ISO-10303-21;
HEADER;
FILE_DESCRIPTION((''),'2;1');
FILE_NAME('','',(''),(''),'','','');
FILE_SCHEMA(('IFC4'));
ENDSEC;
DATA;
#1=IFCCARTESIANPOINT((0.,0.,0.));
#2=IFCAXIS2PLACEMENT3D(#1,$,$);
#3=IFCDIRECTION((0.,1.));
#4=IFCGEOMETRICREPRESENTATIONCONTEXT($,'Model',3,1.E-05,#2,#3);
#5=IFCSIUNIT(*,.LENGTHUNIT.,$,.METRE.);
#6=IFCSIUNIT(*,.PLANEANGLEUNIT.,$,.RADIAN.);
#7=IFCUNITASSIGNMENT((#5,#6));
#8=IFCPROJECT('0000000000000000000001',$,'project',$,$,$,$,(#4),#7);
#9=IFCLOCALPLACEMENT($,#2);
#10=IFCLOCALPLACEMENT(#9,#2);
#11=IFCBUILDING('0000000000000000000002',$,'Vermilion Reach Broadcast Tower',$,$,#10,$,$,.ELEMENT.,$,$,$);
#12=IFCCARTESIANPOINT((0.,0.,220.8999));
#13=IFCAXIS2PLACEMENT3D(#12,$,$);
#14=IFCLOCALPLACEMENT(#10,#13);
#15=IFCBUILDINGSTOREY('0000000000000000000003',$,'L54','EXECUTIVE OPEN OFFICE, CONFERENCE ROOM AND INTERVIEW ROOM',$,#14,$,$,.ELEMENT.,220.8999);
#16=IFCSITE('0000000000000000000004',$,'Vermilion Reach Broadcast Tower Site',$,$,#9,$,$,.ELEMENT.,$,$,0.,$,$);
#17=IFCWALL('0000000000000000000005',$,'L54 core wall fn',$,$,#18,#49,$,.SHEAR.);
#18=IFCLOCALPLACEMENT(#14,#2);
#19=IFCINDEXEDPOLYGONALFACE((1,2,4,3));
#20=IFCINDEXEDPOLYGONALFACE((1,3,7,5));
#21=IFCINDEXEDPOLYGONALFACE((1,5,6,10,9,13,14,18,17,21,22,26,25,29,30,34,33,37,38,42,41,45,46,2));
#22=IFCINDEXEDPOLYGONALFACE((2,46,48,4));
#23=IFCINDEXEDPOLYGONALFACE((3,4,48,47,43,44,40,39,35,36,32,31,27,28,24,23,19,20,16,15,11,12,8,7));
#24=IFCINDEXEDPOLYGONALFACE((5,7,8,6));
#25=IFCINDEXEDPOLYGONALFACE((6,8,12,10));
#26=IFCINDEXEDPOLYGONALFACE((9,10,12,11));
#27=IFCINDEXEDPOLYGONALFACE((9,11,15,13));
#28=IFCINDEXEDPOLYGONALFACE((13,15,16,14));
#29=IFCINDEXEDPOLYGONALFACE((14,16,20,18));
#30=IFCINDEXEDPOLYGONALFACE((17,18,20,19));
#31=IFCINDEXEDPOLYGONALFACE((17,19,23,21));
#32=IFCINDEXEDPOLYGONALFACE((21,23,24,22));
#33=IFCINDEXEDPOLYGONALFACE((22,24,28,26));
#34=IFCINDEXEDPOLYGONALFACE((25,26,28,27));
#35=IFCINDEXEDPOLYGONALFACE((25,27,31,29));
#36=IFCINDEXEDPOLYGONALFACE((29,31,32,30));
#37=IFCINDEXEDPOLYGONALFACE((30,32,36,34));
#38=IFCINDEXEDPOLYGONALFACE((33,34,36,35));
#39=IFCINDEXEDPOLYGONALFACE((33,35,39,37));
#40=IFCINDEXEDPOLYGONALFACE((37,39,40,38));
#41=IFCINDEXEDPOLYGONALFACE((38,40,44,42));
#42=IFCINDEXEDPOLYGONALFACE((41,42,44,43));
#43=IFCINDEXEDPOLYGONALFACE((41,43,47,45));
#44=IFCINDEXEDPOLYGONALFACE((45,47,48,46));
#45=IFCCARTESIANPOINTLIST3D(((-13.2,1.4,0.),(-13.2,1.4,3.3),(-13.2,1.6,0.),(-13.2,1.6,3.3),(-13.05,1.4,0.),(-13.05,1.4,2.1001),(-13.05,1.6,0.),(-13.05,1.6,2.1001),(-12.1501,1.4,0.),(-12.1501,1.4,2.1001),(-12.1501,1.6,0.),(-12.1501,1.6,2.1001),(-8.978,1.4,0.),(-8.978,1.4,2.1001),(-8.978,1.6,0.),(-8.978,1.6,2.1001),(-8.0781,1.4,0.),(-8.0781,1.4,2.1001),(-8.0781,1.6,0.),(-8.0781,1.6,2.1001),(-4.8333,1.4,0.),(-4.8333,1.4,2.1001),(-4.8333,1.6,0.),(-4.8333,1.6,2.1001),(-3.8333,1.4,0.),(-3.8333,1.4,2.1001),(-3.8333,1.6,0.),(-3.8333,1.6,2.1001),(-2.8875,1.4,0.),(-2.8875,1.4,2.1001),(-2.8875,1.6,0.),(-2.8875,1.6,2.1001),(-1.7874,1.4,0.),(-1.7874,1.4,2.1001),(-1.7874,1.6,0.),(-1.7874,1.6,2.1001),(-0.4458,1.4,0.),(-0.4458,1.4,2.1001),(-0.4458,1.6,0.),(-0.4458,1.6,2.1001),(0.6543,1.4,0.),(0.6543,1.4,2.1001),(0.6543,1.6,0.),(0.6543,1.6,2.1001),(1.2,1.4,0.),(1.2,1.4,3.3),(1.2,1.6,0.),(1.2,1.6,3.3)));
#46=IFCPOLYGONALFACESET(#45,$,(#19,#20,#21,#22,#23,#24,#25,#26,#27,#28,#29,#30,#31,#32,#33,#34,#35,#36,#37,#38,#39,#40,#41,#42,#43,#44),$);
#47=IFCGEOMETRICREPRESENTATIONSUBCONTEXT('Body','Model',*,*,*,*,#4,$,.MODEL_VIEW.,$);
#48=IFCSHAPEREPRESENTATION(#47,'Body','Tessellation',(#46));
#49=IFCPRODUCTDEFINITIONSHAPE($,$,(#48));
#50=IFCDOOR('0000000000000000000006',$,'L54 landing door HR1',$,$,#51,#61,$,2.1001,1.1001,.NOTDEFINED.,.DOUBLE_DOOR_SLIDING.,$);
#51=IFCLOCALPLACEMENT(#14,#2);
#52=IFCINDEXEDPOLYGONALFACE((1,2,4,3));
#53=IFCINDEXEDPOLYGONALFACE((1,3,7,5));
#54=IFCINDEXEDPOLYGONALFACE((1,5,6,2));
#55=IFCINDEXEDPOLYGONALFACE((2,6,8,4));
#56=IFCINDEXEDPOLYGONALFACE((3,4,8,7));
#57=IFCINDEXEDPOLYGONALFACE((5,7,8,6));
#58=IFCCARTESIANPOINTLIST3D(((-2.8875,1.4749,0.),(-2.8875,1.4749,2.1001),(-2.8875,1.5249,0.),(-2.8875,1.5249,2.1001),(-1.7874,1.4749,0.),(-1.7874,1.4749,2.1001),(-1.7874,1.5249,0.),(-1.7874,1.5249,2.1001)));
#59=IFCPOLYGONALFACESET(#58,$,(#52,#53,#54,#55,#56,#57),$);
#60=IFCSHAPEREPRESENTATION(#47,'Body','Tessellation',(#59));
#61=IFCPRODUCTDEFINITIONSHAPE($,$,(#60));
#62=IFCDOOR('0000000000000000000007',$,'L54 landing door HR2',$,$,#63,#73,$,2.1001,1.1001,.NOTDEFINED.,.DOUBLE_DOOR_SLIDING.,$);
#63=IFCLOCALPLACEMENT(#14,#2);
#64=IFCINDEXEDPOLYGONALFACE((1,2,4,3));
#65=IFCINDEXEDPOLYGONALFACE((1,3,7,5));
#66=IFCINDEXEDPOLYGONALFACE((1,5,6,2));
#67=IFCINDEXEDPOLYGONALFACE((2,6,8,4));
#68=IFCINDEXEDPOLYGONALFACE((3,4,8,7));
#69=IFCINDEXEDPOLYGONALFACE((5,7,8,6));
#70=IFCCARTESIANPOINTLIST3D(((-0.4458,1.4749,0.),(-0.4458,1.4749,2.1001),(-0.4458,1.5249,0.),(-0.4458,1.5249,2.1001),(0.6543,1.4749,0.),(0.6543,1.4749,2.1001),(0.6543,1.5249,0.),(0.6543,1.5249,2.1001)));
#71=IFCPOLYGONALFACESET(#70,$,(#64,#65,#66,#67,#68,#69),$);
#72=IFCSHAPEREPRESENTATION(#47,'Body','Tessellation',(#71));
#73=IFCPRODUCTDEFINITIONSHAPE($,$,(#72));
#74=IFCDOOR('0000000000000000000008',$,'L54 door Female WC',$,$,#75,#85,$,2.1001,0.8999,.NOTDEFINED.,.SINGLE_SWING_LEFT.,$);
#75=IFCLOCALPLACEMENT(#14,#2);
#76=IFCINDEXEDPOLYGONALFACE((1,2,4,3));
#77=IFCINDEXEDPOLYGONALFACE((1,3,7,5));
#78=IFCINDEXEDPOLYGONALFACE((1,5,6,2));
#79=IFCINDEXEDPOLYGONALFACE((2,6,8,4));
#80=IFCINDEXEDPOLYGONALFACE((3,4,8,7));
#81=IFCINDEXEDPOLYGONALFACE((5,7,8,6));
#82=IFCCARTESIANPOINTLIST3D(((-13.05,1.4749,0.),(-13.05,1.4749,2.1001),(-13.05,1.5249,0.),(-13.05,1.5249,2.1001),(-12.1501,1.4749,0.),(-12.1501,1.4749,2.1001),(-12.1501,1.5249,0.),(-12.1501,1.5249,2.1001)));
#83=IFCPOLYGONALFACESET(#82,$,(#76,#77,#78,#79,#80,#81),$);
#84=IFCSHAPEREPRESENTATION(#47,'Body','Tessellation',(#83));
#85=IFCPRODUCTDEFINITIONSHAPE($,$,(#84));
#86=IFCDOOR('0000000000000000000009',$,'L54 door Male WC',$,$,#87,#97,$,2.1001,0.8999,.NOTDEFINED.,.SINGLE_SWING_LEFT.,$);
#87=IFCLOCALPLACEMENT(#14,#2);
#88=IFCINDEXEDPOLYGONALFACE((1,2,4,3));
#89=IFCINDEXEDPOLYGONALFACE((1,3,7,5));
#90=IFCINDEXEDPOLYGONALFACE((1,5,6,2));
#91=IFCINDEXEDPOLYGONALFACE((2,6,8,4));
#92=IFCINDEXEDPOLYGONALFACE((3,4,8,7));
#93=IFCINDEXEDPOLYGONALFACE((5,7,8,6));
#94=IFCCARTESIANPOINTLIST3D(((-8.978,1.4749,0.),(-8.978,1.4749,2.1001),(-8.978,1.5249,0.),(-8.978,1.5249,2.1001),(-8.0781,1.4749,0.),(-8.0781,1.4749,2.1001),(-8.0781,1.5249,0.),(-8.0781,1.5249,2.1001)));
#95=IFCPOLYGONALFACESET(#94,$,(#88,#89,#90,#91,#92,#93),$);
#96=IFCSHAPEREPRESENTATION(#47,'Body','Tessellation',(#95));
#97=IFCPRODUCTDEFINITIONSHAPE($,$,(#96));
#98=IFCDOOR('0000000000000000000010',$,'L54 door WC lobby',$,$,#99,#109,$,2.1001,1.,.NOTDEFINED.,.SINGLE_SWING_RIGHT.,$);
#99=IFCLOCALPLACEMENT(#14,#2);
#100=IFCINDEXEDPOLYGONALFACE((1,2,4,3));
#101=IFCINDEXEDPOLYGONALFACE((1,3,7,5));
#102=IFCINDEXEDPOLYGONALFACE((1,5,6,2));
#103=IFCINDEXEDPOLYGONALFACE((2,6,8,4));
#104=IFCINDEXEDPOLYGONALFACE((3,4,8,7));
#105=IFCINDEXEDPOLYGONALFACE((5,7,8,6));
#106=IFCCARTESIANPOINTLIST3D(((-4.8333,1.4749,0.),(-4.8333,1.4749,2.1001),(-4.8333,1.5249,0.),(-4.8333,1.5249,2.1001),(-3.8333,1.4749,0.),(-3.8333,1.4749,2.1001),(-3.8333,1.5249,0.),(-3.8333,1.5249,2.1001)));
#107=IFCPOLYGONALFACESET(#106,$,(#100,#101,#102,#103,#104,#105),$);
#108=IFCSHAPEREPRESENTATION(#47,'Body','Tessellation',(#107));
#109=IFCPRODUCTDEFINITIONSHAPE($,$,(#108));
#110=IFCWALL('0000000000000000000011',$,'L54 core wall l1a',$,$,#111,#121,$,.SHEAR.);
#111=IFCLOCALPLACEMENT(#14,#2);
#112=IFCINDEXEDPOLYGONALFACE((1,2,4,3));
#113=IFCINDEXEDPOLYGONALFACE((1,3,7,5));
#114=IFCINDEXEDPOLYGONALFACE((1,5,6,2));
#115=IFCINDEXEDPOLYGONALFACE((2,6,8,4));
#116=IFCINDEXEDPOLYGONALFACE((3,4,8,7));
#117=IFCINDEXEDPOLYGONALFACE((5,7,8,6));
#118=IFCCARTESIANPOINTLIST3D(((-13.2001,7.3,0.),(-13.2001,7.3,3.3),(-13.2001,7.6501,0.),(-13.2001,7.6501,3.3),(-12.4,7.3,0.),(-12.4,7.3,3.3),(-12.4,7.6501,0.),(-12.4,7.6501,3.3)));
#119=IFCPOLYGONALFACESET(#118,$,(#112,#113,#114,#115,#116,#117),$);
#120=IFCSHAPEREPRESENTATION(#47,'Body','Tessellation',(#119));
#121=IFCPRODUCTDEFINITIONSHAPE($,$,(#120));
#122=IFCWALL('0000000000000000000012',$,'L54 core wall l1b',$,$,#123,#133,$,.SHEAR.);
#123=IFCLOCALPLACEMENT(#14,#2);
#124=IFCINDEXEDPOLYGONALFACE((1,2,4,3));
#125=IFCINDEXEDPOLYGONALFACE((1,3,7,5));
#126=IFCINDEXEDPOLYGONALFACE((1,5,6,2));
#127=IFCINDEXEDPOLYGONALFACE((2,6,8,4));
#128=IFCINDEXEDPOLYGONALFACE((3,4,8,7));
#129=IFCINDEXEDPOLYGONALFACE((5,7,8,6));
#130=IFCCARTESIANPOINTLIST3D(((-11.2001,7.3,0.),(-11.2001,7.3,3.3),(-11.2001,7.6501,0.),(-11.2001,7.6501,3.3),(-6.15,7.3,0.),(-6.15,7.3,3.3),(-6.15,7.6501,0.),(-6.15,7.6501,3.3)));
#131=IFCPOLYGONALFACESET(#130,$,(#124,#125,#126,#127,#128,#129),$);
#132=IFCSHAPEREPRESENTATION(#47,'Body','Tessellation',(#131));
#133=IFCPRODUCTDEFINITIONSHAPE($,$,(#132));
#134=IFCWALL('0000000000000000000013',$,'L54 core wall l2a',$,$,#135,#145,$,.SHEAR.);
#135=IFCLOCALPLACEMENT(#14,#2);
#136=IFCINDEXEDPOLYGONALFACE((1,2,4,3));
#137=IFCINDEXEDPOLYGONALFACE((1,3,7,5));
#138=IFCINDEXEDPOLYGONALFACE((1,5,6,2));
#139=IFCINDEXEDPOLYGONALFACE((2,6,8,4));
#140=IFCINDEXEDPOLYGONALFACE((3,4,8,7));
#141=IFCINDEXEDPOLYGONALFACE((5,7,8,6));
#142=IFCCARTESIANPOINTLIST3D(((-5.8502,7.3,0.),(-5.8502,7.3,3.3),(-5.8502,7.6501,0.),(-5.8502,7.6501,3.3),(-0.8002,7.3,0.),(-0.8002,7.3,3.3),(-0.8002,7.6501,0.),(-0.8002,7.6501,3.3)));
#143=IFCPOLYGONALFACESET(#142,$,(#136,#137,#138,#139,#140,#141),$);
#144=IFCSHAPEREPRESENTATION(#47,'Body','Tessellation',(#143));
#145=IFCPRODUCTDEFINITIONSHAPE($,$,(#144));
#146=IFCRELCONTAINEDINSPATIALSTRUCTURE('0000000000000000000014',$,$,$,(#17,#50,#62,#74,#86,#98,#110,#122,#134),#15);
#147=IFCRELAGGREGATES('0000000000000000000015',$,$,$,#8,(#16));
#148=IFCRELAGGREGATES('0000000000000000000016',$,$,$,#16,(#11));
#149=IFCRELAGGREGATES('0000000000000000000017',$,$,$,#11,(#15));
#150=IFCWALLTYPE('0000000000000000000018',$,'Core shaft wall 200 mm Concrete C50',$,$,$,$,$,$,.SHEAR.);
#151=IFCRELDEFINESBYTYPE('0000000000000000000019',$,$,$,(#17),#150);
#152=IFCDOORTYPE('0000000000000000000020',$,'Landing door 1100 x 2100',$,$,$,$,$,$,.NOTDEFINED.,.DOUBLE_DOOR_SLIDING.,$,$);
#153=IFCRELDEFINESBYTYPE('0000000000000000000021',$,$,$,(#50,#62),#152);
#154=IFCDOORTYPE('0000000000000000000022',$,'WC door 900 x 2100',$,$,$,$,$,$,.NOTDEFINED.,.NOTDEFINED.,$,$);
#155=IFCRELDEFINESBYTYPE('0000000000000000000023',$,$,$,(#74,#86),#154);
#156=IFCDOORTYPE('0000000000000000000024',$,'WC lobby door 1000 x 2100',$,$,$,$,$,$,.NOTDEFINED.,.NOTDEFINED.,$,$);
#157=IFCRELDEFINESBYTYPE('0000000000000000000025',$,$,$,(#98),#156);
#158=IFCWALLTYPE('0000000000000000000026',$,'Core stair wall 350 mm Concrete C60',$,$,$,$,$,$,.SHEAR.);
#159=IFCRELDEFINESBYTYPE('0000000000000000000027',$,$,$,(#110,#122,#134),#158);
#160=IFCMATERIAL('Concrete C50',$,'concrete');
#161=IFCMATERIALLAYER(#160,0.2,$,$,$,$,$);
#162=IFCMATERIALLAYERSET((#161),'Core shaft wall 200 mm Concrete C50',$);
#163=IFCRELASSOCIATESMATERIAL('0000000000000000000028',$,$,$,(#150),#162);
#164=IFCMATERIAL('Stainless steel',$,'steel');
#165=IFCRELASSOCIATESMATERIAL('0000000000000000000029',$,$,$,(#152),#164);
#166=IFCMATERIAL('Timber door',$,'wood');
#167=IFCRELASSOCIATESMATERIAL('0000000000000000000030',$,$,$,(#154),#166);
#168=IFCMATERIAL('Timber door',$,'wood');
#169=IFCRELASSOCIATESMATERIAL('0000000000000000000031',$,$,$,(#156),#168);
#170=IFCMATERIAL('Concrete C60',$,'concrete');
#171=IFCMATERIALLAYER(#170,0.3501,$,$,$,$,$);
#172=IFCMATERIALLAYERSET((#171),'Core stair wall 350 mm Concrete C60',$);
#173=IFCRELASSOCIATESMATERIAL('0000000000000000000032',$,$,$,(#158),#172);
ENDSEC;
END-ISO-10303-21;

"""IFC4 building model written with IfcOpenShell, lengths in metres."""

from ifc_helpers import new_model, si_unit, direction, frame, frame_2d, origin, place, context, subcontext, project, spatial, rectangle, extrude, material, layer, layer_set, type_object, element, fill, save


model = new_model("IFC4")

# Units and contexts
model_context = context("Model", 3, precision=1e-05, world=origin(), true_north=direction((0.0, 1.0)))
body_context = subcontext(model_context, "Body", "Model", "MODEL_VIEW")
ifc_project = project(units=[si_unit("LENGTHUNIT", "METRE"), si_unit("PLANEANGLEUNIT", "RADIAN")], contexts=[model_context])

# Site, building, storey
site_placement = place(None, origin())
site = spatial("IfcSite", under=ifc_project, at=site_placement, Name="Vermilion Reach Broadcast Tower Site", CompositionType="ELEMENT", RefElevation=0.0)
building_placement = place(site_placement, origin())
building = spatial("IfcBuilding", under=site, at=building_placement, Name="Vermilion Reach Broadcast Tower", CompositionType="ELEMENT")
storey_placement = place(building_placement, frame((0.0, 0.0, 220.8999)))
storey = spatial("IfcBuildingStorey", under=building, at=storey_placement, Name="L54", Description="EXECUTIVE OPEN OFFICE, CONFERENCE ROOM AND INTERVIEW ROOM", CompositionType="ELEMENT", Elevation=220.8999)

# Wall, openings, doors
ifc_material_1 = material(Name="Concrete C50", Category="concrete")
ifc_layer_1 = layer(ifc_material_1, 0.2)
ifc_layer_set_1 = layer_set([ifc_layer_1], Name="Core shaft wall 200 mm Concrete C50")
wall_type_1 = type_object("IfcWallType", Name="Core shaft wall 200 mm Concrete C50", PredefinedType="SHEAR", material=ifc_layer_set_1)
wall_1_placement = place(storey_placement, frame((-13.2, 1.5, 0.0), z_axis=(0.0, 0.0, 1.0), x_axis=(1.0, 0.0, 0.0)))
wall_1 = element("IfcWall", 1, at=wall_1_placement, inside=storey, type_object=wall_type_1, Name="L54 core wall fn", PredefinedType="SHEAR", context=body_context, shape_type="SweptSolid", body=[
    extrude(rectangle(XDim=14.3999, YDim=0.2, at=frame_2d((7.2, 0.0))), origin(), (0.0, 0.0, 1.0), 3.3),
])
opening_1_placement = place(wall_1_placement, frame((10.3125, 0.0, 0.0)))
opening_1 = element("IfcOpeningElement", 2, at=opening_1_placement, cuts=wall_1, PredefinedType="OPENING", context=body_context, shape_type="SweptSolid", body=[
    extrude(rectangle(XDim=1.1001, YDim=2.1001, at=frame_2d((0.55, 1.05))), frame((0.0, 0.1099, 0.0), z_axis=(0.0, -1.0, 0.0), x_axis=(1.0, 0.0, 0.0)), (0.0, 0.0, 1.0), 0.22),
])
opening_2_placement = place(wall_1_placement, frame((12.7542, 0.0, 0.0)))
opening_2 = element("IfcOpeningElement", 3, at=opening_2_placement, cuts=wall_1, PredefinedType="OPENING", context=body_context, shape_type="SweptSolid", body=[
    extrude(rectangle(XDim=1.1001, YDim=2.1001, at=frame_2d((0.55, 1.05))), frame((0.0, 0.1099, 0.0), z_axis=(0.0, -1.0, 0.0), x_axis=(1.0, 0.0, 0.0)), (0.0, 0.0, 1.0), 0.22),
])
opening_3_placement = place(wall_1_placement, frame((0.1499, 0.0, 0.0)))
opening_3 = element("IfcOpeningElement", 4, at=opening_3_placement, cuts=wall_1, PredefinedType="OPENING", context=body_context, shape_type="SweptSolid", body=[
    extrude(rectangle(XDim=0.8999, YDim=2.1001, at=frame_2d((0.45, 1.05))), frame((0.0, 0.1099, 0.0), z_axis=(0.0, -1.0, 0.0), x_axis=(1.0, 0.0, 0.0)), (0.0, 0.0, 1.0), 0.22),
])
opening_4_placement = place(wall_1_placement, frame((4.2219, 0.0, 0.0)))
opening_4 = element("IfcOpeningElement", 5, at=opening_4_placement, cuts=wall_1, PredefinedType="OPENING", context=body_context, shape_type="SweptSolid", body=[
    extrude(rectangle(XDim=0.8999, YDim=2.1001, at=frame_2d((0.45, 1.05))), frame((0.0, 0.1099, 0.0), z_axis=(0.0, -1.0, 0.0), x_axis=(1.0, 0.0, 0.0)), (0.0, 0.0, 1.0), 0.22),
])
opening_5_placement = place(wall_1_placement, frame((8.3667, 0.0, 0.0)))
opening_5 = element("IfcOpeningElement", 6, at=opening_5_placement, cuts=wall_1, PredefinedType="OPENING", context=body_context, shape_type="SweptSolid", body=[
    extrude(rectangle(XDim=1.0, YDim=2.1001, at=frame_2d((0.5, 1.05))), frame((0.0, 0.1099, 0.0), z_axis=(0.0, -1.0, 0.0), x_axis=(1.0, 0.0, 0.0)), (0.0, 0.0, 1.0), 0.22),
])
ifc_material_2 = material(Name="Stainless steel", Category="steel")
door_type_1 = type_object("IfcDoorType", Name="Landing door 1100 x 2100", OperationType="DOUBLE_DOOR_SLIDING", PredefinedType="NOTDEFINED", material=ifc_material_2)
door_1_placement = place(opening_1_placement, origin())
door_1 = element("IfcDoor", 7, at=door_1_placement, inside=storey, type_object=door_type_1, Name="L54 landing door HR1", OperationType="DOUBLE_DOOR_SLIDING", OverallHeight=2.1001, OverallWidth=1.1001, PredefinedType="NOTDEFINED", context=body_context, shape_type="SweptSolid", body=[
    extrude(rectangle(XDim=1.1001, YDim=2.1001, at=frame_2d((0.55, 1.05))), frame((0.0, 0.0249, 0.0), z_axis=(0.0, -1.0, 0.0), x_axis=(1.0, 0.0, 0.0)), (0.0, 0.0, 1.0), 0.05),
])
fill(opening_1, door_1)
door_2_placement = place(opening_2_placement, origin())
door_2 = element("IfcDoor", 8, at=door_2_placement, inside=storey, type_object=door_type_1, Name="L54 landing door HR2", OperationType="DOUBLE_DOOR_SLIDING", OverallHeight=2.1001, OverallWidth=1.1001, PredefinedType="NOTDEFINED", context=body_context, shape_type="SweptSolid", body=[
    extrude(rectangle(XDim=1.1001, YDim=2.1001, at=frame_2d((0.55, 1.05))), frame((0.0, 0.0249, 0.0), z_axis=(0.0, -1.0, 0.0), x_axis=(1.0, 0.0, 0.0)), (0.0, 0.0, 1.0), 0.05),
])
fill(opening_2, door_2)
ifc_material_3 = material(Name="Timber door", Category="wood")
door_type_2 = type_object("IfcDoorType", Name="WC door 900 x 2100", OperationType="NOTDEFINED", PredefinedType="NOTDEFINED", material=ifc_material_3)
door_3_placement = place(opening_3_placement, origin())
door_3 = element("IfcDoor", 9, at=door_3_placement, inside=storey, type_object=door_type_2, Name="L54 door Female WC", OperationType="SINGLE_SWING_LEFT", OverallHeight=2.1001, OverallWidth=0.8999, PredefinedType="NOTDEFINED", context=body_context, shape_type="SweptSolid", body=[
    extrude(rectangle(XDim=0.8999, YDim=2.1001, at=frame_2d((0.45, 1.05))), frame((0.0, 0.0249, 0.0), z_axis=(0.0, -1.0, 0.0), x_axis=(1.0, 0.0, 0.0)), (0.0, 0.0, 1.0), 0.05),
])
fill(opening_3, door_3)
door_4_placement = place(opening_4_placement, origin())
door_4 = element("IfcDoor", 10, at=door_4_placement, inside=storey, type_object=door_type_2, Name="L54 door Male WC", OperationType="SINGLE_SWING_LEFT", OverallHeight=2.1001, OverallWidth=0.8999, PredefinedType="NOTDEFINED", context=body_context, shape_type="SweptSolid", body=[
    extrude(rectangle(XDim=0.8999, YDim=2.1001, at=frame_2d((0.45, 1.05))), frame((0.0, 0.0249, 0.0), z_axis=(0.0, -1.0, 0.0), x_axis=(1.0, 0.0, 0.0)), (0.0, 0.0, 1.0), 0.05),
])
fill(opening_4, door_4)
ifc_material_4 = material(Name="Timber door", Category="wood")
door_type_3 = type_object("IfcDoorType", Name="WC lobby door 1000 x 2100", OperationType="NOTDEFINED", PredefinedType="NOTDEFINED", material=ifc_material_4)
door_5_placement = place(opening_5_placement, origin())
door_5 = element("IfcDoor", 11, at=door_5_placement, inside=storey, type_object=door_type_3, Name="L54 door WC lobby", OperationType="SINGLE_SWING_RIGHT", OverallHeight=2.1001, OverallWidth=1.0, PredefinedType="NOTDEFINED", context=body_context, shape_type="SweptSolid", body=[
    extrude(rectangle(XDim=1.0, YDim=2.1001, at=frame_2d((0.5, 1.05))), frame((0.0, 0.0249, 0.0), z_axis=(0.0, -1.0, 0.0), x_axis=(1.0, 0.0, 0.0)), (0.0, 0.0, 1.0), 0.05),
])
fill(opening_5, door_5)

# Walls
ifc_material_5 = material(Name="Concrete C60", Category="concrete")
ifc_layer_2 = layer(ifc_material_5, 0.3501)
ifc_layer_set_2 = layer_set([ifc_layer_2], Name="Core stair wall 350 mm Concrete C60")
wall_type_2 = type_object("IfcWallType", Name="Core stair wall 350 mm Concrete C60", PredefinedType="SHEAR", material=ifc_layer_set_2)
wall_2_placement = place(storey_placement, frame((-13.2, 7.4751, 0.0), z_axis=(0.0, 0.0, 1.0), x_axis=(1.0, 0.0, 0.0)))
element("IfcWall", 12, at=wall_2_placement, inside=storey, type_object=wall_type_2, Name="L54 core wall l1a", PredefinedType="SHEAR", context=body_context, shape_type="SweptSolid", body=[
    extrude(rectangle(XDim=0.8, YDim=0.3501, at=frame_2d((0.3999, 0.0))), origin(), (0.0, 0.0, 1.0), 3.3),
])
for number, where, z_axis, x_axis, name in (
    (13, (-11.2, 7.4751, 0.0), (0.0, 0.0, 1.0), (1.0, 0.0, 0.0), "L54 core wall l1b"),
    (14, (-5.8501, 7.4751, 0.0), (0.0, 0.0, 1.0), (1.0, 0.0, 0.0), "L54 core wall l2a"),
):
    element("IfcWall", number, at=place(storey_placement, frame(where, z_axis=z_axis, x_axis=x_axis)), inside=storey, type_object=wall_type_2, Name=name, PredefinedType="SHEAR", context=body_context, shape_type="SweptSolid", body=[
        extrude(rectangle(XDim=5.05, YDim=0.3501, at=frame_2d((2.5249, 0.0))), origin(), (0.0, 0.0, 1.0), 3.3),
    ])

save(model, "model.ifc")
